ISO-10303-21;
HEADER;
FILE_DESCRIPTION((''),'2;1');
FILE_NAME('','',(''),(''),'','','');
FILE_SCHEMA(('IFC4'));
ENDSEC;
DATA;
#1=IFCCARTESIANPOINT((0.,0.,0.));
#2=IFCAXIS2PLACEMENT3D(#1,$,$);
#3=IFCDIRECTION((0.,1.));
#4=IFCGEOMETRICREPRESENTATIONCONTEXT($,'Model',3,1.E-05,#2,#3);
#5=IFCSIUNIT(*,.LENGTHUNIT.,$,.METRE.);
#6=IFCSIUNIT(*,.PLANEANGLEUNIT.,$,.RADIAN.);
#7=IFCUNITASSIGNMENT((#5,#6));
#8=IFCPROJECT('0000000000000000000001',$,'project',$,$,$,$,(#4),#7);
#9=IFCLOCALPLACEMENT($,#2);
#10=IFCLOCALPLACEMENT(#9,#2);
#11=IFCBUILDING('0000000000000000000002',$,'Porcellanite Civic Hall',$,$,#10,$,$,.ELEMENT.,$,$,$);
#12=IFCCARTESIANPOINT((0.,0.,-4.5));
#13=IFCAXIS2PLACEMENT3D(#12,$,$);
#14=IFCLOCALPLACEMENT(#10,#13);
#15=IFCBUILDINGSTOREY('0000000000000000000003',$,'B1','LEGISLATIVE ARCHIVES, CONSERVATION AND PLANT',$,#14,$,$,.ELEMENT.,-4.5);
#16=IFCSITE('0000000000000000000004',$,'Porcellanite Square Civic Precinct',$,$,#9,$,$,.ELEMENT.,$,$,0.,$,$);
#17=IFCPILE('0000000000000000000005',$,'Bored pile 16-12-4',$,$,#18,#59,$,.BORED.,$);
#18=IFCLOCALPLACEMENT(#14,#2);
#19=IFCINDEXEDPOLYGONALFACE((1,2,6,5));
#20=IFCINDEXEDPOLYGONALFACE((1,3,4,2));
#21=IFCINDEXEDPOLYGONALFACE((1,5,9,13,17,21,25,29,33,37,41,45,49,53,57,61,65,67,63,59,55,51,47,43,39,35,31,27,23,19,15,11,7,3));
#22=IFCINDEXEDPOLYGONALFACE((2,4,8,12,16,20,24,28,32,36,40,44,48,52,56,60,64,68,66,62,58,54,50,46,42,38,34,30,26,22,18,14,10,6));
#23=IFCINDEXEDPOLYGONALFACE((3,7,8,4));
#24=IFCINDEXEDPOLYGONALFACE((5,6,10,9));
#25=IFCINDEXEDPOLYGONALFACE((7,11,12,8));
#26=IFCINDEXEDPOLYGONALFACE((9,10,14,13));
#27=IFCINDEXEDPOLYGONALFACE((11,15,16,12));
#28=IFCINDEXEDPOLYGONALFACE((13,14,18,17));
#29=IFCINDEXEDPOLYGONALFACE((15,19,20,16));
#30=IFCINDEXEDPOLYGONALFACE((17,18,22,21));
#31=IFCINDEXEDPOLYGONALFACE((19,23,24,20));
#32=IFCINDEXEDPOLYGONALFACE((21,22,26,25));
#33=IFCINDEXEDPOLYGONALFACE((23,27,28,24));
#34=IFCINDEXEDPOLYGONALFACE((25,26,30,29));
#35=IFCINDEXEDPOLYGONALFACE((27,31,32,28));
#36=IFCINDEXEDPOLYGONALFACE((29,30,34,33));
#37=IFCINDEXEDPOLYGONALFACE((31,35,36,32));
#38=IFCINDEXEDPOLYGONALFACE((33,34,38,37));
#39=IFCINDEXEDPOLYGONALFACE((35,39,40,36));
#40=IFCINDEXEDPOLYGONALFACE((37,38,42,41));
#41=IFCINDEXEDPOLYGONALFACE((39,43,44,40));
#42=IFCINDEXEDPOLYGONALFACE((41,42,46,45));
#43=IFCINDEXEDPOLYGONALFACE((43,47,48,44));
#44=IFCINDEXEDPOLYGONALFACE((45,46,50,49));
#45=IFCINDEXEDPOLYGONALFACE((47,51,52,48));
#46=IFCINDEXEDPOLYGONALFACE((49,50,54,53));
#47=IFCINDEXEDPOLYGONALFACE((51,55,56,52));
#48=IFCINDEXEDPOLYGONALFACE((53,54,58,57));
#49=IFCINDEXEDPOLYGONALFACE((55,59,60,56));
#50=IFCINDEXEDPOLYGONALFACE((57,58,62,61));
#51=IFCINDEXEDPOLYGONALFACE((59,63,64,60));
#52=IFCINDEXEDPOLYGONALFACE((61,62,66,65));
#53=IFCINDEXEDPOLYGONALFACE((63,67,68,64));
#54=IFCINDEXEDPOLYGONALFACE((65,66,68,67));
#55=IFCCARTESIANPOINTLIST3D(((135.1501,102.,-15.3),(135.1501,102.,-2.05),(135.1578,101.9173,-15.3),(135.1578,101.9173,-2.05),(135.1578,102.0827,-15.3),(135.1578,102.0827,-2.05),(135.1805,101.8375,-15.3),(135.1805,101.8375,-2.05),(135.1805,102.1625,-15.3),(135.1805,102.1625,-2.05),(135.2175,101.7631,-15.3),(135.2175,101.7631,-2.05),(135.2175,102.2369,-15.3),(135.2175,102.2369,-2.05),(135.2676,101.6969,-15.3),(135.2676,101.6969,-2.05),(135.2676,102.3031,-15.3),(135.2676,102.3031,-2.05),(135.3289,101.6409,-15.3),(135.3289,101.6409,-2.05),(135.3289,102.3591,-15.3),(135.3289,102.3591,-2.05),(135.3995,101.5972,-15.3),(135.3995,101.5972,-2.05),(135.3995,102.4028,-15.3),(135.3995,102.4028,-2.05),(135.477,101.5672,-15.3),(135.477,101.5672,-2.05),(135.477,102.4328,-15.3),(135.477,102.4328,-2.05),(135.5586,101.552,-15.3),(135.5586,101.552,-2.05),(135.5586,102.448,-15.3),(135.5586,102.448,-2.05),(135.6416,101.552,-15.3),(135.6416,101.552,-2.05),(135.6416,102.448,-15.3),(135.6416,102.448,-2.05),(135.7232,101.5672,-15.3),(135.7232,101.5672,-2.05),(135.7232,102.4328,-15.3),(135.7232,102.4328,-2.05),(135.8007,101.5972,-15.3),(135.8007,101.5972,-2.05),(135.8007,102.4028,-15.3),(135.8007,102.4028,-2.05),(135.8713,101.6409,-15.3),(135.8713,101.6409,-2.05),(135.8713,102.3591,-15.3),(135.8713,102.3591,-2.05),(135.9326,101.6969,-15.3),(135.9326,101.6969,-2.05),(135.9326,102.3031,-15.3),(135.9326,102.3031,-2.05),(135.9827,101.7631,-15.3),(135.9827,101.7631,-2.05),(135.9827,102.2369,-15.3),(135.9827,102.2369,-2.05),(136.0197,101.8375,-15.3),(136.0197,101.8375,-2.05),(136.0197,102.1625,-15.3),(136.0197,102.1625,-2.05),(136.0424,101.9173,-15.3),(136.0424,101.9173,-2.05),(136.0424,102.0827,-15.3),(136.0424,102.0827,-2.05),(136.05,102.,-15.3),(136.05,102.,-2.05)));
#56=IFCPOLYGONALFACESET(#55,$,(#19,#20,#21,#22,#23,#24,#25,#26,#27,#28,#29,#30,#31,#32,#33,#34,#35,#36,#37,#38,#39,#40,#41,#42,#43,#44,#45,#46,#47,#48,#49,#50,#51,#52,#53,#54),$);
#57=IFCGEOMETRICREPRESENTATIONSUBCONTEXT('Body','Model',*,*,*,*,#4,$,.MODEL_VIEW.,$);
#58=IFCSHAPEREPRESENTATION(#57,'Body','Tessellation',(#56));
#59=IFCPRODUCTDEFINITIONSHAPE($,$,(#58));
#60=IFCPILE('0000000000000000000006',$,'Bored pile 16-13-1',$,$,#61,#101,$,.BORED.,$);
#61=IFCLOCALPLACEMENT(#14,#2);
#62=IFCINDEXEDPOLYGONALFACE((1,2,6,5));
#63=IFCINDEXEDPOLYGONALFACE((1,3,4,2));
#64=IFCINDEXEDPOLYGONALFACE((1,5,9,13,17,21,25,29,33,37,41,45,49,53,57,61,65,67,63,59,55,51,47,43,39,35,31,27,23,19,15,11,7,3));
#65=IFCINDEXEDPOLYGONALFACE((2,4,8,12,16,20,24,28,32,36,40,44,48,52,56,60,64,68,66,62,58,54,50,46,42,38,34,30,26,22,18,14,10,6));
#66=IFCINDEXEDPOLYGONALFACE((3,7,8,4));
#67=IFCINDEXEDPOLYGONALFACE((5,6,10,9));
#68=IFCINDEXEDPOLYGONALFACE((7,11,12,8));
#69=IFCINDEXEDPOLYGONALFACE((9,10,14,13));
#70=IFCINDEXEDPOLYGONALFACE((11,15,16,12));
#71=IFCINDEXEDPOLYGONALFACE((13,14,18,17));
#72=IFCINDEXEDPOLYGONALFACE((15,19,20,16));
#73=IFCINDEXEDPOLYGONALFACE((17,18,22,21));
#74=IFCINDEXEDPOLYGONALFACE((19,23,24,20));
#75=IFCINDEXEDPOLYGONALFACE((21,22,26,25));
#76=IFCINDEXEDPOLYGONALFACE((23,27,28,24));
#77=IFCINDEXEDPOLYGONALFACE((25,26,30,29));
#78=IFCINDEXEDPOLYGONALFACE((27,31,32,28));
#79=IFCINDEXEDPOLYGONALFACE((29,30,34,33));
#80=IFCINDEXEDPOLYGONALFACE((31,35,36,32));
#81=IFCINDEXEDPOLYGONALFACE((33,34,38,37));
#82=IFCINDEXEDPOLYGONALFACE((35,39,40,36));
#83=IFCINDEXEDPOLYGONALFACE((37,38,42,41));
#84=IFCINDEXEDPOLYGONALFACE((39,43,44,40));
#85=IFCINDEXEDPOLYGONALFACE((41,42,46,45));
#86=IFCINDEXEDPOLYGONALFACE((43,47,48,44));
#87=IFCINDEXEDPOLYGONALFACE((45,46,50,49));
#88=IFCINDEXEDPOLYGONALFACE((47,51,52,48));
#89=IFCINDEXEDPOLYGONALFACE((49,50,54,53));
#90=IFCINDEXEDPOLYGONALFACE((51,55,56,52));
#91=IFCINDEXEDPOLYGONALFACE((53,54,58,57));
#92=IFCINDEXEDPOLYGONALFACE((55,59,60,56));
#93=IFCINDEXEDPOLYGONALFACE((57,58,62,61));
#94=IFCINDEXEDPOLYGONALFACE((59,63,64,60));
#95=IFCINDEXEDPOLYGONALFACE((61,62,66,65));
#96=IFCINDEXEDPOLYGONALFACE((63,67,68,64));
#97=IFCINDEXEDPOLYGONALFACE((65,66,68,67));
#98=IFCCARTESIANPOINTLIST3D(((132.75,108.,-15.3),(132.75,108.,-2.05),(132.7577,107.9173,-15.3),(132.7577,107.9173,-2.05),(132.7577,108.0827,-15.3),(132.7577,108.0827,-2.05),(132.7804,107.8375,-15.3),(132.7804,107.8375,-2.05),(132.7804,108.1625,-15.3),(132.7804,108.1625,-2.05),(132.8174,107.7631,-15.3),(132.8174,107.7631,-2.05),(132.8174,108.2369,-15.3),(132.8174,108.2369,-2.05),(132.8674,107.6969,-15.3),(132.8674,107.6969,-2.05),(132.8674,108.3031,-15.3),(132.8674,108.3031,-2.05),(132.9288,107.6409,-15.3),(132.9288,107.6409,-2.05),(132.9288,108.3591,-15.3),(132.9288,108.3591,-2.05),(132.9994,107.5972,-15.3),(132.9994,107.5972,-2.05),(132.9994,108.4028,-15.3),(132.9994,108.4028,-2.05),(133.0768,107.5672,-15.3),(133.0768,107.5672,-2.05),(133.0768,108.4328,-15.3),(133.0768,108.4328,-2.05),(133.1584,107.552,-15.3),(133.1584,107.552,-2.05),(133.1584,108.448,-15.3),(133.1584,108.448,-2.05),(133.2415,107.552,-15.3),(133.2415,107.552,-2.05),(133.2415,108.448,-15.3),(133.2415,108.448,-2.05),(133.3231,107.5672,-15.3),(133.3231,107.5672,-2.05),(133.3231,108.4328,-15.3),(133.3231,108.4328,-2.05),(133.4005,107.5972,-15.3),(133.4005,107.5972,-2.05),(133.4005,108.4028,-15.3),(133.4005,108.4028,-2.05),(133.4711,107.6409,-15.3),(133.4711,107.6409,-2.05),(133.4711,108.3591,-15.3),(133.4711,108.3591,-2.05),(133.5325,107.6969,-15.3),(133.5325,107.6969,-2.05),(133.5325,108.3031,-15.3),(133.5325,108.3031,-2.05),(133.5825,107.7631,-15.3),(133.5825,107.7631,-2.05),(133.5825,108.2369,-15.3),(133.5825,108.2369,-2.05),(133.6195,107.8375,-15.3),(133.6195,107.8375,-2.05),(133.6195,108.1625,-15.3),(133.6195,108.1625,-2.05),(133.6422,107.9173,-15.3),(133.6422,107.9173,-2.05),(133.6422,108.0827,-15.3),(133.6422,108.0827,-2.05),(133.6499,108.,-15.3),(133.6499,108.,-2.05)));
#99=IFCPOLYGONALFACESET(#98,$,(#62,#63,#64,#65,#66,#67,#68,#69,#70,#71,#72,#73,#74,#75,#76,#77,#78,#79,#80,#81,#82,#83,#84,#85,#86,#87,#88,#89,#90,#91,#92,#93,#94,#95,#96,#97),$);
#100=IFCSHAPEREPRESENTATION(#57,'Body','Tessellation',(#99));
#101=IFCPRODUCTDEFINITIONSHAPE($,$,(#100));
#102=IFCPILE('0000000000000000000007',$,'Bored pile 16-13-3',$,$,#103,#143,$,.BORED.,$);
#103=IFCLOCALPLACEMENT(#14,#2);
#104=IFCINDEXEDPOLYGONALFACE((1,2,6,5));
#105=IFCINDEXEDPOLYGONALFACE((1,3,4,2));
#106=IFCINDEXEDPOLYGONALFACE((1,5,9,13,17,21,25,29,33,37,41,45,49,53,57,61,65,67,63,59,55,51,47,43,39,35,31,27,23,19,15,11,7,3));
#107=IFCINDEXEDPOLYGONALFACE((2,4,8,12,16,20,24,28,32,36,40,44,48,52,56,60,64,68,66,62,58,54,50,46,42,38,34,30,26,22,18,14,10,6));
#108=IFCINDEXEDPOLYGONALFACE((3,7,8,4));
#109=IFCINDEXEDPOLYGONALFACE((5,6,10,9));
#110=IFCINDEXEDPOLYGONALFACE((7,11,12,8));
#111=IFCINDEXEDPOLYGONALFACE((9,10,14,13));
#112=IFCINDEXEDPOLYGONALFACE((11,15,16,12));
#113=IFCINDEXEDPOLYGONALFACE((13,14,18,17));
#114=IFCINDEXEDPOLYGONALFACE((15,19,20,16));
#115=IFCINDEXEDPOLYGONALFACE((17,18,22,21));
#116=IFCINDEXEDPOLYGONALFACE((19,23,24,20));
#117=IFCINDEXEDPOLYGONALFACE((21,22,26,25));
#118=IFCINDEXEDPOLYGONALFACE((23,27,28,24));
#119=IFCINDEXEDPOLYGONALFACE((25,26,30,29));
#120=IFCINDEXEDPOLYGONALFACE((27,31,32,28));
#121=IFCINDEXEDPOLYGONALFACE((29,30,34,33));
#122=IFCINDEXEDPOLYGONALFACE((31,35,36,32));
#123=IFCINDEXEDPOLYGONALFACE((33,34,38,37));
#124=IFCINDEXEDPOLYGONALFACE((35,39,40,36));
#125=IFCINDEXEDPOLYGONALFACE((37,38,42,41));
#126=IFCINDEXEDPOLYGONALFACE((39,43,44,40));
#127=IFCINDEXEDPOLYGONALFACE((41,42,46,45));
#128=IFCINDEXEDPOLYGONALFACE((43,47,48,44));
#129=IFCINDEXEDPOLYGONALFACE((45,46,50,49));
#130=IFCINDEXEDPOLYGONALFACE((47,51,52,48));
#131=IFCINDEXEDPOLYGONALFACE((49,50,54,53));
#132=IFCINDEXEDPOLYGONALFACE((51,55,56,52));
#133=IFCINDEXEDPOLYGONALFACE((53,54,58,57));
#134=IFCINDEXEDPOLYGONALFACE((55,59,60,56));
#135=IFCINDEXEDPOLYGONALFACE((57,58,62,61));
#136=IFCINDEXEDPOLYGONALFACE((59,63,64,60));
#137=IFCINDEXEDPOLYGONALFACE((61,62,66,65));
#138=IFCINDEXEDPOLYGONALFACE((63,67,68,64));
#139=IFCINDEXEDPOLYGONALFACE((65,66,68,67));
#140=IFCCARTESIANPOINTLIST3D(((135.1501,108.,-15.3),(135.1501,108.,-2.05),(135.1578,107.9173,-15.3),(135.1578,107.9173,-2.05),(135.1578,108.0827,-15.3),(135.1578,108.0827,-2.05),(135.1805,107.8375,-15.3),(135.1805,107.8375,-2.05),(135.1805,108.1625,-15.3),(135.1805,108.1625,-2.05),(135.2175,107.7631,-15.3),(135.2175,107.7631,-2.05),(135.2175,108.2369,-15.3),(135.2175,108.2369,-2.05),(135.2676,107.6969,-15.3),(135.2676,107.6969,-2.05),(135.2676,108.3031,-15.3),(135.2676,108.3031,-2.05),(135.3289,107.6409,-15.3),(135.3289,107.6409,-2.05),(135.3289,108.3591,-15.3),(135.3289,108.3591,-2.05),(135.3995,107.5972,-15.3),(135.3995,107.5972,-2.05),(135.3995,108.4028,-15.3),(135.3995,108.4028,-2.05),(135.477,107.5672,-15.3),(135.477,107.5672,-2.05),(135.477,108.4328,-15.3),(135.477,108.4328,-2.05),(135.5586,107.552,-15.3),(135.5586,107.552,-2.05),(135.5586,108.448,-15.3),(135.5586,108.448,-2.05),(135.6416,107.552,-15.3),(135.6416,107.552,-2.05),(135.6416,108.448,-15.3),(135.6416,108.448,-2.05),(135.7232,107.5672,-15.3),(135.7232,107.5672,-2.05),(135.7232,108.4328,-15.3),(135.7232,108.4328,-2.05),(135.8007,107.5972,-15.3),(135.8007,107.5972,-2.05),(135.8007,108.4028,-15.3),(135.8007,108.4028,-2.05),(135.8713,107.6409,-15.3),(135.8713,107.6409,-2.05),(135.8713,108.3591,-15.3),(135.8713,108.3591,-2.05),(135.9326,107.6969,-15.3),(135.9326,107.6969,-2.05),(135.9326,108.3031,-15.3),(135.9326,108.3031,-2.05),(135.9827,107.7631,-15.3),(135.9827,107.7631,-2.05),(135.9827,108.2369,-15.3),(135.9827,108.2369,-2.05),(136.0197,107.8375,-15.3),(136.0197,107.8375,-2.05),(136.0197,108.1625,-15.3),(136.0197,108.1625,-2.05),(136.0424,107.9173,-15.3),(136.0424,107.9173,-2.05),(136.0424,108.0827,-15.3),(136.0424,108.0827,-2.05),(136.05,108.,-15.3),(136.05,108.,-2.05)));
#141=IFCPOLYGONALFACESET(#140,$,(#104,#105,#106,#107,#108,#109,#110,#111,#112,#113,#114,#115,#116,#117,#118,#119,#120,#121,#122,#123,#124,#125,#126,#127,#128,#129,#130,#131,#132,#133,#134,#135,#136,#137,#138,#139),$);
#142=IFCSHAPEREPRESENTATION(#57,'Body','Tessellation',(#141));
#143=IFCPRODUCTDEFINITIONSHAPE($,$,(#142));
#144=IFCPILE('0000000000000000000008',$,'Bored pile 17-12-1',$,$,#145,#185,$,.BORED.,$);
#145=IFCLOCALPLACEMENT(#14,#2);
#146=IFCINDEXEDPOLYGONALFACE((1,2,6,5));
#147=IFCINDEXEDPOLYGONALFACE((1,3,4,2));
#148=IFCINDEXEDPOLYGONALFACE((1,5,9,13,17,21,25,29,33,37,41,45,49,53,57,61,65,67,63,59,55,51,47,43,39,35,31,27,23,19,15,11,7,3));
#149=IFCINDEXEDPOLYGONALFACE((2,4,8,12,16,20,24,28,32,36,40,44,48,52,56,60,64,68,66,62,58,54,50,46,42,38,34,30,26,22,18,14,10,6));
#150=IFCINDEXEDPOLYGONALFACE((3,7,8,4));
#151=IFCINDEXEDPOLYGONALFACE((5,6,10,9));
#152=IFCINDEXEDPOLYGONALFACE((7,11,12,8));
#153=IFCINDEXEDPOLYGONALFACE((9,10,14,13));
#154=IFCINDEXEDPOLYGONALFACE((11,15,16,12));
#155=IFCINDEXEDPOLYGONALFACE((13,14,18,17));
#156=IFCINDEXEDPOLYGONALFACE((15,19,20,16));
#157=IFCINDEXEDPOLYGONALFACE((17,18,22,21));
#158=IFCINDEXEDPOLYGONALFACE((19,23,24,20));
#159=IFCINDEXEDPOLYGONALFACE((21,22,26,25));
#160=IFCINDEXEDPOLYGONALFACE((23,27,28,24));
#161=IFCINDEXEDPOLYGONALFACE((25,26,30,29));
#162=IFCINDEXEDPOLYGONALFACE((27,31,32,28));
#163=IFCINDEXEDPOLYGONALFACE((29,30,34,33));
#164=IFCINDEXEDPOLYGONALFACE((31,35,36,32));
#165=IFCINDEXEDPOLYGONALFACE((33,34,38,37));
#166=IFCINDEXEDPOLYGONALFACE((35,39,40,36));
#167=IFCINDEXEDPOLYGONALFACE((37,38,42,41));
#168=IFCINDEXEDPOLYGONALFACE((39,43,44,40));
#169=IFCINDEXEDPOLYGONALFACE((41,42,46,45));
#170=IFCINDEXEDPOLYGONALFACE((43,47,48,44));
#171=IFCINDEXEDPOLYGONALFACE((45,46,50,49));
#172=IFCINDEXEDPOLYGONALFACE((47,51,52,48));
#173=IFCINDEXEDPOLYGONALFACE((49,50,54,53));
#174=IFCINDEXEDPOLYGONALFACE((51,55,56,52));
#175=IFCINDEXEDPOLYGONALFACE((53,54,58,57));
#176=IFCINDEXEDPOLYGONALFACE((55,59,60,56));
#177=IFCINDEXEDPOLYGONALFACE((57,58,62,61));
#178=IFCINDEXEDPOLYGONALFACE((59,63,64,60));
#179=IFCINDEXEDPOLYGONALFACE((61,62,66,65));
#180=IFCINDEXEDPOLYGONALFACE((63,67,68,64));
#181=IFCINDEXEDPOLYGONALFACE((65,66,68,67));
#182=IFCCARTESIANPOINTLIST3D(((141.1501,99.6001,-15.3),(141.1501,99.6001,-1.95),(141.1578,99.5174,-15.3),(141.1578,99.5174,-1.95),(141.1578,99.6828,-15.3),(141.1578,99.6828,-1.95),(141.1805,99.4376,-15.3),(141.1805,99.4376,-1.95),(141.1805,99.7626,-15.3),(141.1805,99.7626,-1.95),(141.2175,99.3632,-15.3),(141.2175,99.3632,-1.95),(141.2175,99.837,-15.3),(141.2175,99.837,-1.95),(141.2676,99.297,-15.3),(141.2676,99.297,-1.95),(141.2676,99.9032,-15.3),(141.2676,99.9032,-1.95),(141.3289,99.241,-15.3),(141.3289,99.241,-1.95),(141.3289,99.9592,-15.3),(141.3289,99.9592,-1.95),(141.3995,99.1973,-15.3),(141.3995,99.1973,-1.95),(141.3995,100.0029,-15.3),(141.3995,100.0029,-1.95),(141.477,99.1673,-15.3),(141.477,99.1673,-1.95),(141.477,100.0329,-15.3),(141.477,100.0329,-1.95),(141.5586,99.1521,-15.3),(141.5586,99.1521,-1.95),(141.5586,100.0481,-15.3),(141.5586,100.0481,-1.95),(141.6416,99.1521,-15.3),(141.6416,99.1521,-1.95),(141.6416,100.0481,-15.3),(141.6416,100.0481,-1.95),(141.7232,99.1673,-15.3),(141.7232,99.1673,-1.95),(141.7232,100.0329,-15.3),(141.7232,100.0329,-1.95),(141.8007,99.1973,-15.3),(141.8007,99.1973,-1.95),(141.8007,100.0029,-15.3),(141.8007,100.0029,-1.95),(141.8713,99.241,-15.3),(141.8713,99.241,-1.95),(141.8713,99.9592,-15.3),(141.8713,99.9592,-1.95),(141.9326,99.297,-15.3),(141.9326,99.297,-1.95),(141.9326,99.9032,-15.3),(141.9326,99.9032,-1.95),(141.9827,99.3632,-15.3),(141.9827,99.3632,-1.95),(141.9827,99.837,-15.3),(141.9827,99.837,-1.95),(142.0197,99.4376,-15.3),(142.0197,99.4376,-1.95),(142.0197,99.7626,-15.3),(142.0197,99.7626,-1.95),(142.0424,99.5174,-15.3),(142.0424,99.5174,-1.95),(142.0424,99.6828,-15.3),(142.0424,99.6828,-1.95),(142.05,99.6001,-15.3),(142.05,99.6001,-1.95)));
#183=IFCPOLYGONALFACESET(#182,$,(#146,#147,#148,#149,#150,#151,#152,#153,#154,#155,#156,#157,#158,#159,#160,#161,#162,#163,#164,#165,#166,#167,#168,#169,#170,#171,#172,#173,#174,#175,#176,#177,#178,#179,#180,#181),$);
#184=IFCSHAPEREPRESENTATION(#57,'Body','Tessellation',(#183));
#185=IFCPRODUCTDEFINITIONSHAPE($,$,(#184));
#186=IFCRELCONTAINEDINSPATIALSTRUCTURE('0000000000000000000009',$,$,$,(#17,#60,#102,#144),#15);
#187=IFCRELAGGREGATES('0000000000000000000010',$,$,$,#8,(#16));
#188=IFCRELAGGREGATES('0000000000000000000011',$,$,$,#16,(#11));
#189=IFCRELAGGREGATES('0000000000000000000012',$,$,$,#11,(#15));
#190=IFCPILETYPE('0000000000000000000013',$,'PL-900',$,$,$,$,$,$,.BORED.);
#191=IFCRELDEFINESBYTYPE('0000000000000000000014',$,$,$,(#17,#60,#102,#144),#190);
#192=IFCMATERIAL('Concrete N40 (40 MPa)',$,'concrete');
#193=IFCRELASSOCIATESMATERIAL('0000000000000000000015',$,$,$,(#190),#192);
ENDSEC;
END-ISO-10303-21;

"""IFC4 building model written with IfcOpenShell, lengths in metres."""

from ifc_helpers import new_model, si_unit, direction, frame, origin, origin_2d, place, context, subcontext, project, spatial, circle, extrude, material, material_profile, profile_set, type_object, element, save


model = new_model("IFC4")

# Units and contexts
model_context = context("Model", 3, precision=1e-05, world=origin(), true_north=direction((0.0, 1.0)))
body_context = subcontext(model_context, "Body", "Model", "MODEL_VIEW")
ifc_project = project(units=[si_unit("LENGTHUNIT", "METRE"), si_unit("PLANEANGLEUNIT", "RADIAN")], contexts=[model_context])

# Site, building, storey
site_placement = place(None, origin())
site = spatial("IfcSite", under=ifc_project, at=site_placement, Name="Porcellanite Square Civic Precinct", CompositionType="ELEMENT", RefElevation=0.0)
building_placement = place(site_placement, origin())
building = spatial("IfcBuilding", under=site, at=building_placement, Name="Porcellanite Civic Hall", CompositionType="ELEMENT")
storey_placement = place(building_placement, frame((0.0, 0.0, -4.5)))
storey = spatial("IfcBuildingStorey", under=building, at=storey_placement, Name="B1", Description="LEGISLATIVE ARCHIVES, CONSERVATION AND PLANT", CompositionType="ELEMENT", Elevation=-4.5)

# Piles
ifc_material_1 = material(Name="Concrete N40 (40 MPa)", Category="concrete")
ifc_material_profile_1 = material_profile(ifc_material_1, circle(Radius=0.45, at=origin_2d()), Name="PILE-D900")
ifc_profile_set_1 = profile_set([ifc_material_profile_1], Name="Concrete N40 (40 MPa)")
pile_type_1 = type_object("IfcPileType", Name="PL-900", PredefinedType="BORED", material=ifc_profile_set_1)
for number, where, z_axis, x_axis, name in (
    (1, (135.6001, 102.0, -2.05), (0.0, 0.0, -1.0), (1.0, 0.0, 0.0), "Bored pile 16-12-4"),
    (2, (133.2, 108.0, -2.05), (0.0, 0.0, -1.0), (1.0, 0.0, 0.0), "Bored pile 16-13-1"),
    (3, (135.6001, 108.0, -2.05), (0.0, 0.0, -1.0), (1.0, 0.0, 0.0), "Bored pile 16-13-3"),
):
    element("IfcPile", number, at=place(storey_placement, frame(where, z_axis=z_axis, x_axis=x_axis)), inside=storey, type_object=pile_type_1, Name=name, PredefinedType="BORED", context=body_context, shape_type="SweptSolid", body=[
        extrude(circle(Radius=0.45, at=origin_2d()), origin(), (0.0, 0.0, 1.0), 13.25),
    ])
for number, where, z_axis, x_axis, name in (
    (4, (141.6001, 99.6001, -1.95), (0.0, 0.0, -1.0), (1.0, 0.0, 0.0), "Bored pile 17-12-1"),
):
    element("IfcPile", number, at=place(storey_placement, frame(where, z_axis=z_axis, x_axis=x_axis)), inside=storey, type_object=pile_type_1, Name=name, PredefinedType="BORED", context=body_context, shape_type="SweptSolid", body=[
        extrude(circle(Radius=0.45, at=origin_2d()), origin(), (0.0, 0.0, 1.0), 13.3501),
    ])

save(model, "model.ifc")
